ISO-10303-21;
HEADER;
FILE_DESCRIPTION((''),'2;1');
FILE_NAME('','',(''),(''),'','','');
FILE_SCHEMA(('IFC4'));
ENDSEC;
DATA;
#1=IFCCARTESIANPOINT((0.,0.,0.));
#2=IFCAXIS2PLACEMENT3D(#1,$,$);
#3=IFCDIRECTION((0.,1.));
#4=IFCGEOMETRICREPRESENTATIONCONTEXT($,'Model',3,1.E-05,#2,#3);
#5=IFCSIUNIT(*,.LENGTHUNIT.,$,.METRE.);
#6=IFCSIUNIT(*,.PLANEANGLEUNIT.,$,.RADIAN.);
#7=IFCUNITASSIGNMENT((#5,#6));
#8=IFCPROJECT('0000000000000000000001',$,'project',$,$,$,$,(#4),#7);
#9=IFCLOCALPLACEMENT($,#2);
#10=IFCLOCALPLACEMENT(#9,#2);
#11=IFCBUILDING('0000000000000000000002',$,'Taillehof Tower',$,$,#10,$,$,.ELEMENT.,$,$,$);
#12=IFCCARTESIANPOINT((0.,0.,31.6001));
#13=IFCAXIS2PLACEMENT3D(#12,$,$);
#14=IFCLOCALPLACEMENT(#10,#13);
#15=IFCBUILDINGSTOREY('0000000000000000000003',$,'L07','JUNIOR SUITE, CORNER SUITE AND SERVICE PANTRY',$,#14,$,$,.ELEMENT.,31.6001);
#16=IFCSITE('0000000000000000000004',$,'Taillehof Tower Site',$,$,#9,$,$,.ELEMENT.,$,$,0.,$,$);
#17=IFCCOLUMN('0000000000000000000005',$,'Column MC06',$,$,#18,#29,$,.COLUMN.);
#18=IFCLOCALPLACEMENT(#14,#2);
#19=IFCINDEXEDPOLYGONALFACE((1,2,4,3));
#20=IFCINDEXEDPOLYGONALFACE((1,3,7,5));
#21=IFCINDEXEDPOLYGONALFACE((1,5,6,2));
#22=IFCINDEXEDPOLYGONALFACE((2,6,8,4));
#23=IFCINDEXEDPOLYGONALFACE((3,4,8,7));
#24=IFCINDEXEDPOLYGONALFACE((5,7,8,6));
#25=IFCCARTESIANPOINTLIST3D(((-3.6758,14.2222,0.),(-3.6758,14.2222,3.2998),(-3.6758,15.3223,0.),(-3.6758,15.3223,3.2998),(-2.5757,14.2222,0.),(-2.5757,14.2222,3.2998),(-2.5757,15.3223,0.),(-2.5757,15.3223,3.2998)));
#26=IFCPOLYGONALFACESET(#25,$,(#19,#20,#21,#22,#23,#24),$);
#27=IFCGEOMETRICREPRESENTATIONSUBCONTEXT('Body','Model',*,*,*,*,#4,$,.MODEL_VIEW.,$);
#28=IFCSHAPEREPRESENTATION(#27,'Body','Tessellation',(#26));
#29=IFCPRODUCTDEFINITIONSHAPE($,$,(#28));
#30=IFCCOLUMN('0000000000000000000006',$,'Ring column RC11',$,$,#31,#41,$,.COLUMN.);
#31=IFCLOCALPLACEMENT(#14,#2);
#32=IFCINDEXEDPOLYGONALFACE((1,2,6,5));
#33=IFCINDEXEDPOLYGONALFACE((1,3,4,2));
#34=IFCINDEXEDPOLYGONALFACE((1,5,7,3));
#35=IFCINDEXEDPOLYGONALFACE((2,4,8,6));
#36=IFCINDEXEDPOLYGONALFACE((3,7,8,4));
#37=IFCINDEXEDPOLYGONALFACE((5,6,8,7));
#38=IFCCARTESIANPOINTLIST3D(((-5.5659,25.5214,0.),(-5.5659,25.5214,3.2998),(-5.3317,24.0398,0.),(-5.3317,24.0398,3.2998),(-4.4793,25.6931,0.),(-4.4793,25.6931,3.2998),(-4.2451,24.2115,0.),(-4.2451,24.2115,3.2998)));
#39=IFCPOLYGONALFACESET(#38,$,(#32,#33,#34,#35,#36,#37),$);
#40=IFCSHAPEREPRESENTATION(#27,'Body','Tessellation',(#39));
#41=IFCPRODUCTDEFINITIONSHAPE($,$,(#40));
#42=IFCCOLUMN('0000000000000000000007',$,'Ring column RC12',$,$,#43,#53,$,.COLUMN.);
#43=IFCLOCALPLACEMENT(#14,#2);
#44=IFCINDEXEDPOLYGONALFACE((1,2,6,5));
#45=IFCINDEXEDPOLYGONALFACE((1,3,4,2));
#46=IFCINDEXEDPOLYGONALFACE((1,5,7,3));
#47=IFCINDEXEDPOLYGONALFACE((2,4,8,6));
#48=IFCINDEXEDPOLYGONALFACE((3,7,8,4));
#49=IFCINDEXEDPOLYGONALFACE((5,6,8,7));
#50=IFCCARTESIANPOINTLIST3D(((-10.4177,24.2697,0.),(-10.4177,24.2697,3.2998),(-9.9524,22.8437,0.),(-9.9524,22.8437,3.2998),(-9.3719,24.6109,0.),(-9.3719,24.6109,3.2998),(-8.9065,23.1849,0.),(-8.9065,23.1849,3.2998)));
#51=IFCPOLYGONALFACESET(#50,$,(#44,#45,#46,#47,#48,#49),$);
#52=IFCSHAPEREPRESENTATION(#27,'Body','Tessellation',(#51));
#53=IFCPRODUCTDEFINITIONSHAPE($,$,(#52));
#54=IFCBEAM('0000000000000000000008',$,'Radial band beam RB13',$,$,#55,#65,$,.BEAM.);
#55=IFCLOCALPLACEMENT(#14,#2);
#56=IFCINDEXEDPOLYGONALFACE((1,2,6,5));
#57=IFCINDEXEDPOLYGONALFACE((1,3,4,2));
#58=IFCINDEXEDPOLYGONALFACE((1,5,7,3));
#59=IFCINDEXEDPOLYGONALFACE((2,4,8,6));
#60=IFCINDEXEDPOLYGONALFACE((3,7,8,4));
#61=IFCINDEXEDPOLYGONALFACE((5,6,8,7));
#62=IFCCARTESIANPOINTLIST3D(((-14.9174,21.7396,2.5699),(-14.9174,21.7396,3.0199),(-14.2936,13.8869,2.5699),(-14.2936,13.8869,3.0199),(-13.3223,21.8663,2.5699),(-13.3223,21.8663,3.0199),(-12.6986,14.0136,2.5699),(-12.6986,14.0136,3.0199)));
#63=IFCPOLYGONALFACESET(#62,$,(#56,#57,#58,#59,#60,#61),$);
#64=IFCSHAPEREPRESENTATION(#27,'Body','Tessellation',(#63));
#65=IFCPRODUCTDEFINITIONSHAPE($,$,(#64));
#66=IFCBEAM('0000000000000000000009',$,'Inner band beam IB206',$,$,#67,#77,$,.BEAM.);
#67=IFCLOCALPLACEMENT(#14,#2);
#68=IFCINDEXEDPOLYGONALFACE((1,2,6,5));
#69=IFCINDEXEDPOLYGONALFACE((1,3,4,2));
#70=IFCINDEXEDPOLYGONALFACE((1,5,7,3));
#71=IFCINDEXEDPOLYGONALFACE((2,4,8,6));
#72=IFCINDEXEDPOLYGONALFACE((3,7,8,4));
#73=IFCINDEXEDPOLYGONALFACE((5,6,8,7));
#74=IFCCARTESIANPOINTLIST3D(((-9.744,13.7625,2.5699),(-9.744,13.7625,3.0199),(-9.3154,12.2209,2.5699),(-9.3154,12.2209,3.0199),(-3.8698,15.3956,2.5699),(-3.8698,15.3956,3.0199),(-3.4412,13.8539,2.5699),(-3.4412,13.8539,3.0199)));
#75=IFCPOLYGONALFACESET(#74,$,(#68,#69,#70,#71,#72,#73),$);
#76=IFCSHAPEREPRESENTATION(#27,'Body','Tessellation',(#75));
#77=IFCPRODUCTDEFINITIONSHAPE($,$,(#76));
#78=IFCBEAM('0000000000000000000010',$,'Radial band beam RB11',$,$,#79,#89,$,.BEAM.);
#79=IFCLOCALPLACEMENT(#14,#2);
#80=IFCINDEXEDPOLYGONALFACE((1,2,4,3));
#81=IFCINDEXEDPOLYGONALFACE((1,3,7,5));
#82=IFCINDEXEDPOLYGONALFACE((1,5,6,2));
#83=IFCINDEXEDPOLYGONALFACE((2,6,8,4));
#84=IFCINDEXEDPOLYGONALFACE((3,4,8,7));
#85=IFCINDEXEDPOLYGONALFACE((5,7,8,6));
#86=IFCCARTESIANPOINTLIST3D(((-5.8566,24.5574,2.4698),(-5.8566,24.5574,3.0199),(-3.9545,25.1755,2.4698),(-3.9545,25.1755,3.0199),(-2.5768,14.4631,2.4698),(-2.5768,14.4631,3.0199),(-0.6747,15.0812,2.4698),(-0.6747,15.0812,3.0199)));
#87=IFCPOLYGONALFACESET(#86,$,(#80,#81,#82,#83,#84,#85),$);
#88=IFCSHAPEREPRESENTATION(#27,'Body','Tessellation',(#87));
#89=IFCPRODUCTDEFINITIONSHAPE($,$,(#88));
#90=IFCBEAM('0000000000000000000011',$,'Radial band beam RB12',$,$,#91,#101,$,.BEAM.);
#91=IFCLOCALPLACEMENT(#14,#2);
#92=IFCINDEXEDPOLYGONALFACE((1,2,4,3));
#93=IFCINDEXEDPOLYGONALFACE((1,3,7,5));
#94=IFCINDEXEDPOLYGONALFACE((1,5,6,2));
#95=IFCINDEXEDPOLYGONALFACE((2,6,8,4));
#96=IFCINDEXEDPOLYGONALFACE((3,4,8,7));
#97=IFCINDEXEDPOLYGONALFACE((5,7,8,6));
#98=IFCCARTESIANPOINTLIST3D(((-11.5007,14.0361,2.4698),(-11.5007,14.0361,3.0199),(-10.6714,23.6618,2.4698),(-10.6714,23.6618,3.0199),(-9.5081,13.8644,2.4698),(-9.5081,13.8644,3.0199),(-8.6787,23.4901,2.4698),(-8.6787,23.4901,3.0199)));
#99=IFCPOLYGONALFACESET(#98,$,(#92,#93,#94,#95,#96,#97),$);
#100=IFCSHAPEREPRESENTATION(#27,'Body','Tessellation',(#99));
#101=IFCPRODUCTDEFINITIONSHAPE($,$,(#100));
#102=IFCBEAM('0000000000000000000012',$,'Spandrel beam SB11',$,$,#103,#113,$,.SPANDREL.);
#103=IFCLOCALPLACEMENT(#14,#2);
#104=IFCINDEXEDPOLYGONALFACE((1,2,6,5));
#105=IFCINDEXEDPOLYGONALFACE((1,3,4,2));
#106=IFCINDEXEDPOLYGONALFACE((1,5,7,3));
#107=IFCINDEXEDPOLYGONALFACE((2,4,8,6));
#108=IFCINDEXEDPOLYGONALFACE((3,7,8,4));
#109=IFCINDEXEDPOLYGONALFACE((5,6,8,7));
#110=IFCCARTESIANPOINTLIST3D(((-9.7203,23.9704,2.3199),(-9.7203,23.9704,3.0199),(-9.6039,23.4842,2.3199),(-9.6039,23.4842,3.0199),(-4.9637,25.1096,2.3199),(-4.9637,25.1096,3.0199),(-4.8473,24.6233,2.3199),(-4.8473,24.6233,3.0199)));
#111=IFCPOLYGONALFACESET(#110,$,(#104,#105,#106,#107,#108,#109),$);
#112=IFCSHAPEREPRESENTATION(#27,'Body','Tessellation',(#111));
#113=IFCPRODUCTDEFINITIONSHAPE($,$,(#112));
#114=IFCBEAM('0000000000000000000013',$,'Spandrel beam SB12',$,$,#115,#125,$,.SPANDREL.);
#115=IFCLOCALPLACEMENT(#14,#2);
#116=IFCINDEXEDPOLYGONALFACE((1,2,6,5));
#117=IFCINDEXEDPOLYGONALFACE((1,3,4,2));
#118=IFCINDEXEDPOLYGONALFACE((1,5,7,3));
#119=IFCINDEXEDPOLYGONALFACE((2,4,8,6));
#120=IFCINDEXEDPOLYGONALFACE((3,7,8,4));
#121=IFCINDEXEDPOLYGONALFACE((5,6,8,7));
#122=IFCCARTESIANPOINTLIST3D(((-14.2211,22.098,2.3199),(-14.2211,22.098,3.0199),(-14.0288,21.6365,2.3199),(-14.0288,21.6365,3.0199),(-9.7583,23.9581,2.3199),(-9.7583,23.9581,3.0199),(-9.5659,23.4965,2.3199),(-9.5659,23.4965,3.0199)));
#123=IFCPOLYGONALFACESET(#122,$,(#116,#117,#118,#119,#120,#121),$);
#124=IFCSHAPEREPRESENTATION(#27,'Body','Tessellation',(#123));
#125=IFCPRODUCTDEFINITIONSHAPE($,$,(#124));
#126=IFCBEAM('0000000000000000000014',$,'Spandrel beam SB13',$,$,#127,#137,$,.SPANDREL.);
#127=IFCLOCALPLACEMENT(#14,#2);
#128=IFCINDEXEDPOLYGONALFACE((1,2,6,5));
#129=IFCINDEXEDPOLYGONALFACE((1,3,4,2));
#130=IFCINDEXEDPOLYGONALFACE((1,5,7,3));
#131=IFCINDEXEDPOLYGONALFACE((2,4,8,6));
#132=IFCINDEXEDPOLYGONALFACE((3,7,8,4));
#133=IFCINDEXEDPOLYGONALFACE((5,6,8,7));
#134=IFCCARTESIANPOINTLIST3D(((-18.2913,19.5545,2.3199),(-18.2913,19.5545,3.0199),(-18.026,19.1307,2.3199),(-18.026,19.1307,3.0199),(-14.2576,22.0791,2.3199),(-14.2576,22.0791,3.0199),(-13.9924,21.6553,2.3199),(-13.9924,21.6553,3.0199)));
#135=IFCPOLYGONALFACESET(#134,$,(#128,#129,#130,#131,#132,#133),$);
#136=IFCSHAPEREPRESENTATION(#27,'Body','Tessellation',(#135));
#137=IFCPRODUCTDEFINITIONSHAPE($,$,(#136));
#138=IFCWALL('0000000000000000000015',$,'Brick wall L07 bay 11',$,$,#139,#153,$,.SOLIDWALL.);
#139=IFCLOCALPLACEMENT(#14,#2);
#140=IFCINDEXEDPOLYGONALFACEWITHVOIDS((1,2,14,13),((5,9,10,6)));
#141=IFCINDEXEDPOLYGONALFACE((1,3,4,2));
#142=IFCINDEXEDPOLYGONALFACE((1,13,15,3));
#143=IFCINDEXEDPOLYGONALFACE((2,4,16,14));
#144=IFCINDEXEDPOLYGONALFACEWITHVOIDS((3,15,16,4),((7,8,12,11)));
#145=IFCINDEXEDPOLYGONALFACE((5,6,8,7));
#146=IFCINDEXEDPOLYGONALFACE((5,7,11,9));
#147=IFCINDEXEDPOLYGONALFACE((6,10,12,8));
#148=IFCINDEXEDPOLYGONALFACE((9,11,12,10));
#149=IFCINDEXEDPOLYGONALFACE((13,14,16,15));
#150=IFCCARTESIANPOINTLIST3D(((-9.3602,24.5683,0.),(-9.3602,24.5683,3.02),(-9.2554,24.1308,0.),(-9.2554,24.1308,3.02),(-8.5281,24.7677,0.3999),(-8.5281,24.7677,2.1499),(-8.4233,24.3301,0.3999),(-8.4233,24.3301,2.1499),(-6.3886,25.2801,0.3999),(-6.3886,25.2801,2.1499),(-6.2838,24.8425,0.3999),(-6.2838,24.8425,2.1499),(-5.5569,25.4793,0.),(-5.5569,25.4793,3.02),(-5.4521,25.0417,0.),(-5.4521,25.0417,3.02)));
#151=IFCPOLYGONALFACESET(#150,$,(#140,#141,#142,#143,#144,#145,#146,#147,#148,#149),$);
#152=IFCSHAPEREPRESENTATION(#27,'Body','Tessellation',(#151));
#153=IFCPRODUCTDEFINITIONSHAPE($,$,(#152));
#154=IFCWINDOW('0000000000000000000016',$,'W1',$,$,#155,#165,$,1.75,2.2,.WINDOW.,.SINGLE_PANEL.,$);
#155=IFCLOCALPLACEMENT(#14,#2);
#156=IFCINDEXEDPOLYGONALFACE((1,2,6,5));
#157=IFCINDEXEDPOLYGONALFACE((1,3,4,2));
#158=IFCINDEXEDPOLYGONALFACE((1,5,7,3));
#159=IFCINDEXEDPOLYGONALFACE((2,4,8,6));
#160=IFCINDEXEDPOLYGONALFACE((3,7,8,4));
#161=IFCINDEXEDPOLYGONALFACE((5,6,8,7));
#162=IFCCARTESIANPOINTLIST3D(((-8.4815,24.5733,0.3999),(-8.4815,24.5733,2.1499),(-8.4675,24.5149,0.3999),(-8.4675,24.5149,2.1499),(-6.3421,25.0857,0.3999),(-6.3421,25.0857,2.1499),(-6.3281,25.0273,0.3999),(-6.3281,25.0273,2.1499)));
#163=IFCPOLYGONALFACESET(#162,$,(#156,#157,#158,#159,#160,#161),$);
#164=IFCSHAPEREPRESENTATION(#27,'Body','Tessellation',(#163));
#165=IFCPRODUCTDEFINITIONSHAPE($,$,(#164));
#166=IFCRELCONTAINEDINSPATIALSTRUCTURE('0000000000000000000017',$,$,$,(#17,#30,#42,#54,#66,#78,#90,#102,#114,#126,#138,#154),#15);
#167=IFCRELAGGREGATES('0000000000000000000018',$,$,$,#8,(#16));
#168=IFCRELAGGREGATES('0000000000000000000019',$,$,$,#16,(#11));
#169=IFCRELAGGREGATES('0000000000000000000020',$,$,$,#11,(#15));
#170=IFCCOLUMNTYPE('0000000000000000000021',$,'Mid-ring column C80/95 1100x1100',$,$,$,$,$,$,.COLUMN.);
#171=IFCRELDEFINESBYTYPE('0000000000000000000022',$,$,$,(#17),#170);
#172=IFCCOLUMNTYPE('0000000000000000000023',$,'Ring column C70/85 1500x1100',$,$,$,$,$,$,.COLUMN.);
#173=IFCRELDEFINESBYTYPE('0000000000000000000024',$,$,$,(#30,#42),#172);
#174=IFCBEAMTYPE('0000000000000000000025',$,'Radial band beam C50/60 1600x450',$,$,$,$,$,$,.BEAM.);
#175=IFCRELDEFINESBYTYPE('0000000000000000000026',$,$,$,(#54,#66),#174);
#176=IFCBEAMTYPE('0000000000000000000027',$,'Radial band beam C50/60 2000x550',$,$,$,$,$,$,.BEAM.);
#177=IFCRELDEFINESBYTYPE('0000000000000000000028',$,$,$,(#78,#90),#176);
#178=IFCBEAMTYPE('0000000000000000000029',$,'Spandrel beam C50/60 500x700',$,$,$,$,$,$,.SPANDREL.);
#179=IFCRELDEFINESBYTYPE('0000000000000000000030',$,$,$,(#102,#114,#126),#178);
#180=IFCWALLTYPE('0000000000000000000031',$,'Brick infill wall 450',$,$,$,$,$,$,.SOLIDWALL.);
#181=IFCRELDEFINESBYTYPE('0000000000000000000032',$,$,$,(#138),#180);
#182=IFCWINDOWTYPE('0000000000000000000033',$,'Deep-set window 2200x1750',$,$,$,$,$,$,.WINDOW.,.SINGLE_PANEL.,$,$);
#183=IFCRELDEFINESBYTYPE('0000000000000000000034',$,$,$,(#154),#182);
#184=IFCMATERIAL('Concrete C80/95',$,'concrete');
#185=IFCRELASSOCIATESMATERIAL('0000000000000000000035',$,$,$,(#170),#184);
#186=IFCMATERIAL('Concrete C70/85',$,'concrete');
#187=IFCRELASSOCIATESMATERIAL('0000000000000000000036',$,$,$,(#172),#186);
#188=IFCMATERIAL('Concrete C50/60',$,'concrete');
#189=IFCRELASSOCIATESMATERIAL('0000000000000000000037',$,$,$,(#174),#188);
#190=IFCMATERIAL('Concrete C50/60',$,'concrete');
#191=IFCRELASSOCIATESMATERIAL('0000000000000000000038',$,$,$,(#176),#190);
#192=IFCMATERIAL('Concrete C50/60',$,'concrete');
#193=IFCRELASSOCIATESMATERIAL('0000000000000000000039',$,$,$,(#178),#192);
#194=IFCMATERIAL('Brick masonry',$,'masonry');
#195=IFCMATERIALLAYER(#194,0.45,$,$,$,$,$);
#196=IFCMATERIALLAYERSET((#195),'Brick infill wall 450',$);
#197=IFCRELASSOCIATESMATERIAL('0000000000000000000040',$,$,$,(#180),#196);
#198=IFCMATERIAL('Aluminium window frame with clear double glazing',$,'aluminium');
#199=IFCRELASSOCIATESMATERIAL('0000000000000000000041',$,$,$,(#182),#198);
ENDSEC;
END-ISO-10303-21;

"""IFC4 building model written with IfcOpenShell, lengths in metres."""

from ifc_helpers import new_model, si_unit, direction, frame, frame_2d, origin, origin_2d, place, context, subcontext, project, spatial, rectangle, extrude, material, layer, layer_set, material_profile, profile_set, type_object, element, fill, save


model = new_model("IFC4")

# Units and contexts
model_context = context("Model", 3, precision=1e-05, world=origin(), true_north=direction((0.0, 1.0)))
body_context = subcontext(model_context, "Body", "Model", "MODEL_VIEW")
ifc_project = project(units=[si_unit("LENGTHUNIT", "METRE"), si_unit("PLANEANGLEUNIT", "RADIAN")], contexts=[model_context])

# Site, building, storey
site_placement = place(None, origin())
site = spatial("IfcSite", under=ifc_project, at=site_placement, Name="Taillehof Tower Site", CompositionType="ELEMENT", RefElevation=0.0)
building_placement = place(site_placement, origin())
building = spatial("IfcBuilding", under=site, at=building_placement, Name="Taillehof Tower", CompositionType="ELEMENT")
storey_placement = place(building_placement, frame((0.0, 0.0, 31.6001)))
storey = spatial("IfcBuildingStorey", under=building, at=storey_placement, Name="L07", Description="JUNIOR SUITE, CORNER SUITE AND SERVICE PANTRY", CompositionType="ELEMENT", Elevation=31.6001)

# Columns
ifc_material_1 = material(Name="Concrete C80/95", Category="concrete")
ifc_material_profile_1 = material_profile(ifc_material_1, rectangle(XDim=1.1001, YDim=1.1001, at=origin_2d()), Name="RC 1100x1100")
ifc_profile_set_1 = profile_set([ifc_material_profile_1], Name="Concrete C80/95")
column_type_1 = type_object("IfcColumnType", Name="Mid-ring column C80/95 1100x1100", PredefinedType="COLUMN", material=ifc_profile_set_1)
column_placement = place(storey_placement, frame((-3.1257, 14.7722, 0.0), z_axis=(0.0, 0.0, 1.0), x_axis=(1.0, 0.0, 0.0)))
element("IfcColumn", 1, at=column_placement, inside=storey, type_object=column_type_1, Name="Column MC06", PredefinedType="COLUMN", context=body_context, shape_type="SweptSolid", body=[
    extrude(rectangle(XDim=1.1001, YDim=1.1001, at=origin_2d()), origin(), (0.0, 0.0, 1.0), 3.2998),
])
ifc_material_2 = material(Name="Concrete C70/85", Category="concrete")
ifc_material_profile_2 = material_profile(ifc_material_2, rectangle(XDim=1.5, YDim=1.1001, at=origin_2d()), Name="RC 1500x1100")
ifc_profile_set_2 = profile_set([ifc_material_profile_2], Name="Concrete C70/85")
column_type_2 = type_object("IfcColumnType", Name="Ring column C70/85 1500x1100", PredefinedType="COLUMN", material=ifc_profile_set_2)
for number, where, z_axis, x_axis, name in (
    (2, (-4.9055, 24.8665, 0.0), (0.0, 0.0, 1.0), (-0.156147, 0.987734, 0.0), "Ring column RC11"),
    (3, (-9.6621, 23.7273, 0.0), (0.0, 0.0, 1.0), (-0.310219, 0.950665, 0.0), "Ring column RC12"),
):
    element("IfcColumn", number, at=place(storey_placement, frame(where, z_axis=z_axis, x_axis=x_axis)), inside=storey, type_object=column_type_2, Name=name, PredefinedType="COLUMN", context=body_context, shape_type="SweptSolid", body=[
        extrude(rectangle(XDim=1.5, YDim=1.1001, at=origin_2d()), origin(), (0.0, 0.0, 1.0), 3.2998),
    ])

# Beams
ifc_material_3 = material(Name="Concrete C50/60", Category="concrete")
ifc_material_profile_3 = material_profile(ifc_material_3, rectangle(XDim=1.6001, YDim=0.45, at=origin_2d()), Name="RC 1600x450")
ifc_profile_set_3 = profile_set([ifc_material_profile_3], Name="Concrete C50/60")
beam_type_1 = type_object("IfcBeamType", Name="Radial band beam C50/60 1600x450", PredefinedType="BEAM", material=ifc_profile_set_3)
beam_1_placement = place(storey_placement, frame((-14.1199, 21.803, 2.7949), z_axis=(0.079185, -0.99686, 0.0), x_axis=(0.99686, 0.079185, 0.0)))
element("IfcBeam", 4, at=beam_1_placement, inside=storey, type_object=beam_type_1, Name="Radial band beam RB13", PredefinedType="BEAM", context=body_context, shape_type="SweptSolid", body=[
    extrude(rectangle(XDim=1.6001, YDim=0.45, at=origin_2d()), origin(), (0.0, 0.0, 1.0), 7.8774),
])
beam_2_placement = place(storey_placement, frame((-3.6555, 14.6248, 2.7949), z_axis=(-0.963459, -0.267855, 0.0), x_axis=(0.267855, -0.963459, 0.0)))
element("IfcBeam", 5, at=beam_2_placement, inside=storey, type_object=beam_type_1, Name="Inner band beam IB206", PredefinedType="BEAM", context=body_context, shape_type="SweptSolid", body=[
    extrude(rectangle(XDim=1.6001, YDim=0.45, at=origin_2d()), origin(), (0.0, 0.0, 1.0), 6.0969),
])
ifc_material_4 = material(Name="Concrete C50/60", Category="concrete")
ifc_material_profile_4 = material_profile(ifc_material_4, rectangle(XDim=2.0, YDim=0.55, at=origin_2d()), Name="RC 2000x550")
ifc_profile_set_4 = profile_set([ifc_material_profile_4], Name="Concrete C50/60")
beam_type_2 = type_object("IfcBeamType", Name="Radial band beam C50/60 2000x550", PredefinedType="BEAM", material=ifc_profile_set_4)
beam_3_placement = place(storey_placement, frame((-4.9055, 24.8665, 2.7449), z_axis=(0.309014, -0.951057, 0.0), x_axis=(0.951057, 0.309014, 0.0)))
element("IfcBeam", 6, at=beam_3_placement, inside=storey, type_object=beam_type_2, Name="Radial band beam RB11", PredefinedType="BEAM", context=body_context, shape_type="SweptSolid", body=[
    extrude(rectangle(XDim=2.0, YDim=0.55, at=origin_2d()), origin(), (0.0, 0.0, 1.0), 10.6138),
])
beam_4_placement = place(storey_placement, frame((-9.675, 23.5759, 2.7449), z_axis=(-0.085841, -0.996309, 0.0), x_axis=(0.996309, -0.085841, 0.0)))
element("IfcBeam", 7, at=beam_4_placement, inside=storey, type_object=beam_type_2, Name="Radial band beam RB12", PredefinedType="BEAM", context=body_context, shape_type="SweptSolid", body=[
    extrude(rectangle(XDim=2.0, YDim=0.55, at=origin_2d()), origin(), (0.0, 0.0, 1.0), 9.6614),
])
ifc_material_5 = material(Name="Concrete C50/60", Category="concrete")
ifc_material_profile_5 = material_profile(ifc_material_5, rectangle(XDim=0.5, YDim=0.7, at=origin_2d()), Name="RC 500x700")
ifc_profile_set_5 = profile_set([ifc_material_profile_5], Name="Concrete C50/60")
beam_type_3 = type_object("IfcBeamType", Name="Spandrel beam C50/60 500x700", PredefinedType="SPANDREL", material=ifc_profile_set_5)
beam_5_placement = place(storey_placement, frame((-4.9055, 24.8665, 2.6699), z_axis=(-0.9725, -0.232905, 0.0), x_axis=(0.232905, -0.9725, 0.0)))
element("IfcBeam", 8, at=beam_5_placement, inside=storey, type_object=beam_type_3, Name="Spandrel beam SB11", PredefinedType="SPANDREL", context=body_context, shape_type="SweptSolid", body=[
    extrude(rectangle(XDim=0.5, YDim=0.7, at=origin_2d()), origin(), (0.0, 0.0, 1.0), 4.8911),
])
beam_6_placement = place(storey_placement, frame((-9.6621, 23.7273, 2.6699), z_axis=(-0.923035, -0.384716, 0.0), x_axis=(0.384716, -0.923035, 0.0)))
element("IfcBeam", 9, at=beam_6_placement, inside=storey, type_object=beam_type_3, Name="Spandrel beam SB12", PredefinedType="SPANDREL", context=body_context, shape_type="SweptSolid", body=[
    extrude(rectangle(XDim=0.5, YDim=0.7, at=origin_2d()), origin(), (0.0, 0.0, 1.0), 4.835),
])
beam_7_placement = place(storey_placement, frame((-14.125, 21.8672, 2.6699), z_axis=(-0.847658, -0.530543, 0.0), x_axis=(0.530543, -0.847658, 0.0)))
element("IfcBeam", 10, at=beam_7_placement, inside=storey, type_object=beam_type_3, Name="Spandrel beam SB13", PredefinedType="SPANDREL", context=body_context, shape_type="SweptSolid", body=[
    extrude(rectangle(XDim=0.5, YDim=0.7, at=origin_2d()), origin(), (0.0, 0.0, 1.0), 4.7585),
])

# Wall, opening, window
ifc_material_6 = material(Name="Brick masonry", Category="masonry")
ifc_layer_1 = layer(ifc_material_6, 0.45)
ifc_layer_set_1 = layer_set([ifc_layer_1], Name="Brick infill wall 450")
wall_type_1 = type_object("IfcWallType", Name="Brick infill wall 450", PredefinedType="SOLIDWALL", material=ifc_layer_set_1)
wall_1_placement = place(storey_placement, frame((-5.5044, 25.2605, 0.0), z_axis=(0.0, 0.0, 1.0), x_axis=(-0.972497, -0.232917, 0.0)))
wall_1 = element("IfcWall", 11, at=wall_1_placement, inside=storey, type_object=wall_type_1, Name="Brick wall L07 bay 11", PredefinedType="SOLIDWALL", context=body_context, shape_type="SweptSolid", body=[
    extrude(rectangle(XDim=3.9109, YDim=0.45, at=frame_2d((1.9556, 0.0))), origin(), (0.0, 0.0, 1.0), 3.02),
])
opening_1_placement = place(wall_1_placement, frame((0.8552, 0.0, 0.3999)))
opening_1 = element("IfcOpeningElement", 12, at=opening_1_placement, cuts=wall_1, PredefinedType="OPENING", context=body_context, shape_type="SweptSolid", body=[
    extrude(rectangle(XDim=2.2, YDim=1.75, at=frame_2d((1.1001, 0.875))), frame((0.0, 0.2349, 0.0), z_axis=(0.0, -1.0, 0.0), x_axis=(1.0, 0.0, 0.0)), (0.0, 0.0, 1.0), 0.47),
])
ifc_material_7 = material(Name="Aluminium window frame with clear double glazing", Category="aluminium")
window_type = type_object("IfcWindowType", Name="Deep-set window 2200x1750", PartitioningType="SINGLE_PANEL", PredefinedType="WINDOW", material=ifc_material_7)
window_1_placement = place(opening_1_placement, origin())
window_1 = element("IfcWindow", 13, at=window_1_placement, inside=storey, type_object=window_type, Name="W1", OverallHeight=1.75, OverallWidth=2.2, PartitioningType="SINGLE_PANEL", PredefinedType="WINDOW", context=body_context, shape_type="SweptSolid", body=[
    extrude(rectangle(XDim=2.2, YDim=1.75, at=frame_2d((1.1001, 0.875))), frame((0.0, 0.0349, 0.0), z_axis=(0.0, -1.0, 0.0), x_axis=(1.0, 0.0, 0.0)), (0.0, 0.0, 1.0), 0.0601),
])
fill(opening_1, window_1)

save(model, "model.ifc")
